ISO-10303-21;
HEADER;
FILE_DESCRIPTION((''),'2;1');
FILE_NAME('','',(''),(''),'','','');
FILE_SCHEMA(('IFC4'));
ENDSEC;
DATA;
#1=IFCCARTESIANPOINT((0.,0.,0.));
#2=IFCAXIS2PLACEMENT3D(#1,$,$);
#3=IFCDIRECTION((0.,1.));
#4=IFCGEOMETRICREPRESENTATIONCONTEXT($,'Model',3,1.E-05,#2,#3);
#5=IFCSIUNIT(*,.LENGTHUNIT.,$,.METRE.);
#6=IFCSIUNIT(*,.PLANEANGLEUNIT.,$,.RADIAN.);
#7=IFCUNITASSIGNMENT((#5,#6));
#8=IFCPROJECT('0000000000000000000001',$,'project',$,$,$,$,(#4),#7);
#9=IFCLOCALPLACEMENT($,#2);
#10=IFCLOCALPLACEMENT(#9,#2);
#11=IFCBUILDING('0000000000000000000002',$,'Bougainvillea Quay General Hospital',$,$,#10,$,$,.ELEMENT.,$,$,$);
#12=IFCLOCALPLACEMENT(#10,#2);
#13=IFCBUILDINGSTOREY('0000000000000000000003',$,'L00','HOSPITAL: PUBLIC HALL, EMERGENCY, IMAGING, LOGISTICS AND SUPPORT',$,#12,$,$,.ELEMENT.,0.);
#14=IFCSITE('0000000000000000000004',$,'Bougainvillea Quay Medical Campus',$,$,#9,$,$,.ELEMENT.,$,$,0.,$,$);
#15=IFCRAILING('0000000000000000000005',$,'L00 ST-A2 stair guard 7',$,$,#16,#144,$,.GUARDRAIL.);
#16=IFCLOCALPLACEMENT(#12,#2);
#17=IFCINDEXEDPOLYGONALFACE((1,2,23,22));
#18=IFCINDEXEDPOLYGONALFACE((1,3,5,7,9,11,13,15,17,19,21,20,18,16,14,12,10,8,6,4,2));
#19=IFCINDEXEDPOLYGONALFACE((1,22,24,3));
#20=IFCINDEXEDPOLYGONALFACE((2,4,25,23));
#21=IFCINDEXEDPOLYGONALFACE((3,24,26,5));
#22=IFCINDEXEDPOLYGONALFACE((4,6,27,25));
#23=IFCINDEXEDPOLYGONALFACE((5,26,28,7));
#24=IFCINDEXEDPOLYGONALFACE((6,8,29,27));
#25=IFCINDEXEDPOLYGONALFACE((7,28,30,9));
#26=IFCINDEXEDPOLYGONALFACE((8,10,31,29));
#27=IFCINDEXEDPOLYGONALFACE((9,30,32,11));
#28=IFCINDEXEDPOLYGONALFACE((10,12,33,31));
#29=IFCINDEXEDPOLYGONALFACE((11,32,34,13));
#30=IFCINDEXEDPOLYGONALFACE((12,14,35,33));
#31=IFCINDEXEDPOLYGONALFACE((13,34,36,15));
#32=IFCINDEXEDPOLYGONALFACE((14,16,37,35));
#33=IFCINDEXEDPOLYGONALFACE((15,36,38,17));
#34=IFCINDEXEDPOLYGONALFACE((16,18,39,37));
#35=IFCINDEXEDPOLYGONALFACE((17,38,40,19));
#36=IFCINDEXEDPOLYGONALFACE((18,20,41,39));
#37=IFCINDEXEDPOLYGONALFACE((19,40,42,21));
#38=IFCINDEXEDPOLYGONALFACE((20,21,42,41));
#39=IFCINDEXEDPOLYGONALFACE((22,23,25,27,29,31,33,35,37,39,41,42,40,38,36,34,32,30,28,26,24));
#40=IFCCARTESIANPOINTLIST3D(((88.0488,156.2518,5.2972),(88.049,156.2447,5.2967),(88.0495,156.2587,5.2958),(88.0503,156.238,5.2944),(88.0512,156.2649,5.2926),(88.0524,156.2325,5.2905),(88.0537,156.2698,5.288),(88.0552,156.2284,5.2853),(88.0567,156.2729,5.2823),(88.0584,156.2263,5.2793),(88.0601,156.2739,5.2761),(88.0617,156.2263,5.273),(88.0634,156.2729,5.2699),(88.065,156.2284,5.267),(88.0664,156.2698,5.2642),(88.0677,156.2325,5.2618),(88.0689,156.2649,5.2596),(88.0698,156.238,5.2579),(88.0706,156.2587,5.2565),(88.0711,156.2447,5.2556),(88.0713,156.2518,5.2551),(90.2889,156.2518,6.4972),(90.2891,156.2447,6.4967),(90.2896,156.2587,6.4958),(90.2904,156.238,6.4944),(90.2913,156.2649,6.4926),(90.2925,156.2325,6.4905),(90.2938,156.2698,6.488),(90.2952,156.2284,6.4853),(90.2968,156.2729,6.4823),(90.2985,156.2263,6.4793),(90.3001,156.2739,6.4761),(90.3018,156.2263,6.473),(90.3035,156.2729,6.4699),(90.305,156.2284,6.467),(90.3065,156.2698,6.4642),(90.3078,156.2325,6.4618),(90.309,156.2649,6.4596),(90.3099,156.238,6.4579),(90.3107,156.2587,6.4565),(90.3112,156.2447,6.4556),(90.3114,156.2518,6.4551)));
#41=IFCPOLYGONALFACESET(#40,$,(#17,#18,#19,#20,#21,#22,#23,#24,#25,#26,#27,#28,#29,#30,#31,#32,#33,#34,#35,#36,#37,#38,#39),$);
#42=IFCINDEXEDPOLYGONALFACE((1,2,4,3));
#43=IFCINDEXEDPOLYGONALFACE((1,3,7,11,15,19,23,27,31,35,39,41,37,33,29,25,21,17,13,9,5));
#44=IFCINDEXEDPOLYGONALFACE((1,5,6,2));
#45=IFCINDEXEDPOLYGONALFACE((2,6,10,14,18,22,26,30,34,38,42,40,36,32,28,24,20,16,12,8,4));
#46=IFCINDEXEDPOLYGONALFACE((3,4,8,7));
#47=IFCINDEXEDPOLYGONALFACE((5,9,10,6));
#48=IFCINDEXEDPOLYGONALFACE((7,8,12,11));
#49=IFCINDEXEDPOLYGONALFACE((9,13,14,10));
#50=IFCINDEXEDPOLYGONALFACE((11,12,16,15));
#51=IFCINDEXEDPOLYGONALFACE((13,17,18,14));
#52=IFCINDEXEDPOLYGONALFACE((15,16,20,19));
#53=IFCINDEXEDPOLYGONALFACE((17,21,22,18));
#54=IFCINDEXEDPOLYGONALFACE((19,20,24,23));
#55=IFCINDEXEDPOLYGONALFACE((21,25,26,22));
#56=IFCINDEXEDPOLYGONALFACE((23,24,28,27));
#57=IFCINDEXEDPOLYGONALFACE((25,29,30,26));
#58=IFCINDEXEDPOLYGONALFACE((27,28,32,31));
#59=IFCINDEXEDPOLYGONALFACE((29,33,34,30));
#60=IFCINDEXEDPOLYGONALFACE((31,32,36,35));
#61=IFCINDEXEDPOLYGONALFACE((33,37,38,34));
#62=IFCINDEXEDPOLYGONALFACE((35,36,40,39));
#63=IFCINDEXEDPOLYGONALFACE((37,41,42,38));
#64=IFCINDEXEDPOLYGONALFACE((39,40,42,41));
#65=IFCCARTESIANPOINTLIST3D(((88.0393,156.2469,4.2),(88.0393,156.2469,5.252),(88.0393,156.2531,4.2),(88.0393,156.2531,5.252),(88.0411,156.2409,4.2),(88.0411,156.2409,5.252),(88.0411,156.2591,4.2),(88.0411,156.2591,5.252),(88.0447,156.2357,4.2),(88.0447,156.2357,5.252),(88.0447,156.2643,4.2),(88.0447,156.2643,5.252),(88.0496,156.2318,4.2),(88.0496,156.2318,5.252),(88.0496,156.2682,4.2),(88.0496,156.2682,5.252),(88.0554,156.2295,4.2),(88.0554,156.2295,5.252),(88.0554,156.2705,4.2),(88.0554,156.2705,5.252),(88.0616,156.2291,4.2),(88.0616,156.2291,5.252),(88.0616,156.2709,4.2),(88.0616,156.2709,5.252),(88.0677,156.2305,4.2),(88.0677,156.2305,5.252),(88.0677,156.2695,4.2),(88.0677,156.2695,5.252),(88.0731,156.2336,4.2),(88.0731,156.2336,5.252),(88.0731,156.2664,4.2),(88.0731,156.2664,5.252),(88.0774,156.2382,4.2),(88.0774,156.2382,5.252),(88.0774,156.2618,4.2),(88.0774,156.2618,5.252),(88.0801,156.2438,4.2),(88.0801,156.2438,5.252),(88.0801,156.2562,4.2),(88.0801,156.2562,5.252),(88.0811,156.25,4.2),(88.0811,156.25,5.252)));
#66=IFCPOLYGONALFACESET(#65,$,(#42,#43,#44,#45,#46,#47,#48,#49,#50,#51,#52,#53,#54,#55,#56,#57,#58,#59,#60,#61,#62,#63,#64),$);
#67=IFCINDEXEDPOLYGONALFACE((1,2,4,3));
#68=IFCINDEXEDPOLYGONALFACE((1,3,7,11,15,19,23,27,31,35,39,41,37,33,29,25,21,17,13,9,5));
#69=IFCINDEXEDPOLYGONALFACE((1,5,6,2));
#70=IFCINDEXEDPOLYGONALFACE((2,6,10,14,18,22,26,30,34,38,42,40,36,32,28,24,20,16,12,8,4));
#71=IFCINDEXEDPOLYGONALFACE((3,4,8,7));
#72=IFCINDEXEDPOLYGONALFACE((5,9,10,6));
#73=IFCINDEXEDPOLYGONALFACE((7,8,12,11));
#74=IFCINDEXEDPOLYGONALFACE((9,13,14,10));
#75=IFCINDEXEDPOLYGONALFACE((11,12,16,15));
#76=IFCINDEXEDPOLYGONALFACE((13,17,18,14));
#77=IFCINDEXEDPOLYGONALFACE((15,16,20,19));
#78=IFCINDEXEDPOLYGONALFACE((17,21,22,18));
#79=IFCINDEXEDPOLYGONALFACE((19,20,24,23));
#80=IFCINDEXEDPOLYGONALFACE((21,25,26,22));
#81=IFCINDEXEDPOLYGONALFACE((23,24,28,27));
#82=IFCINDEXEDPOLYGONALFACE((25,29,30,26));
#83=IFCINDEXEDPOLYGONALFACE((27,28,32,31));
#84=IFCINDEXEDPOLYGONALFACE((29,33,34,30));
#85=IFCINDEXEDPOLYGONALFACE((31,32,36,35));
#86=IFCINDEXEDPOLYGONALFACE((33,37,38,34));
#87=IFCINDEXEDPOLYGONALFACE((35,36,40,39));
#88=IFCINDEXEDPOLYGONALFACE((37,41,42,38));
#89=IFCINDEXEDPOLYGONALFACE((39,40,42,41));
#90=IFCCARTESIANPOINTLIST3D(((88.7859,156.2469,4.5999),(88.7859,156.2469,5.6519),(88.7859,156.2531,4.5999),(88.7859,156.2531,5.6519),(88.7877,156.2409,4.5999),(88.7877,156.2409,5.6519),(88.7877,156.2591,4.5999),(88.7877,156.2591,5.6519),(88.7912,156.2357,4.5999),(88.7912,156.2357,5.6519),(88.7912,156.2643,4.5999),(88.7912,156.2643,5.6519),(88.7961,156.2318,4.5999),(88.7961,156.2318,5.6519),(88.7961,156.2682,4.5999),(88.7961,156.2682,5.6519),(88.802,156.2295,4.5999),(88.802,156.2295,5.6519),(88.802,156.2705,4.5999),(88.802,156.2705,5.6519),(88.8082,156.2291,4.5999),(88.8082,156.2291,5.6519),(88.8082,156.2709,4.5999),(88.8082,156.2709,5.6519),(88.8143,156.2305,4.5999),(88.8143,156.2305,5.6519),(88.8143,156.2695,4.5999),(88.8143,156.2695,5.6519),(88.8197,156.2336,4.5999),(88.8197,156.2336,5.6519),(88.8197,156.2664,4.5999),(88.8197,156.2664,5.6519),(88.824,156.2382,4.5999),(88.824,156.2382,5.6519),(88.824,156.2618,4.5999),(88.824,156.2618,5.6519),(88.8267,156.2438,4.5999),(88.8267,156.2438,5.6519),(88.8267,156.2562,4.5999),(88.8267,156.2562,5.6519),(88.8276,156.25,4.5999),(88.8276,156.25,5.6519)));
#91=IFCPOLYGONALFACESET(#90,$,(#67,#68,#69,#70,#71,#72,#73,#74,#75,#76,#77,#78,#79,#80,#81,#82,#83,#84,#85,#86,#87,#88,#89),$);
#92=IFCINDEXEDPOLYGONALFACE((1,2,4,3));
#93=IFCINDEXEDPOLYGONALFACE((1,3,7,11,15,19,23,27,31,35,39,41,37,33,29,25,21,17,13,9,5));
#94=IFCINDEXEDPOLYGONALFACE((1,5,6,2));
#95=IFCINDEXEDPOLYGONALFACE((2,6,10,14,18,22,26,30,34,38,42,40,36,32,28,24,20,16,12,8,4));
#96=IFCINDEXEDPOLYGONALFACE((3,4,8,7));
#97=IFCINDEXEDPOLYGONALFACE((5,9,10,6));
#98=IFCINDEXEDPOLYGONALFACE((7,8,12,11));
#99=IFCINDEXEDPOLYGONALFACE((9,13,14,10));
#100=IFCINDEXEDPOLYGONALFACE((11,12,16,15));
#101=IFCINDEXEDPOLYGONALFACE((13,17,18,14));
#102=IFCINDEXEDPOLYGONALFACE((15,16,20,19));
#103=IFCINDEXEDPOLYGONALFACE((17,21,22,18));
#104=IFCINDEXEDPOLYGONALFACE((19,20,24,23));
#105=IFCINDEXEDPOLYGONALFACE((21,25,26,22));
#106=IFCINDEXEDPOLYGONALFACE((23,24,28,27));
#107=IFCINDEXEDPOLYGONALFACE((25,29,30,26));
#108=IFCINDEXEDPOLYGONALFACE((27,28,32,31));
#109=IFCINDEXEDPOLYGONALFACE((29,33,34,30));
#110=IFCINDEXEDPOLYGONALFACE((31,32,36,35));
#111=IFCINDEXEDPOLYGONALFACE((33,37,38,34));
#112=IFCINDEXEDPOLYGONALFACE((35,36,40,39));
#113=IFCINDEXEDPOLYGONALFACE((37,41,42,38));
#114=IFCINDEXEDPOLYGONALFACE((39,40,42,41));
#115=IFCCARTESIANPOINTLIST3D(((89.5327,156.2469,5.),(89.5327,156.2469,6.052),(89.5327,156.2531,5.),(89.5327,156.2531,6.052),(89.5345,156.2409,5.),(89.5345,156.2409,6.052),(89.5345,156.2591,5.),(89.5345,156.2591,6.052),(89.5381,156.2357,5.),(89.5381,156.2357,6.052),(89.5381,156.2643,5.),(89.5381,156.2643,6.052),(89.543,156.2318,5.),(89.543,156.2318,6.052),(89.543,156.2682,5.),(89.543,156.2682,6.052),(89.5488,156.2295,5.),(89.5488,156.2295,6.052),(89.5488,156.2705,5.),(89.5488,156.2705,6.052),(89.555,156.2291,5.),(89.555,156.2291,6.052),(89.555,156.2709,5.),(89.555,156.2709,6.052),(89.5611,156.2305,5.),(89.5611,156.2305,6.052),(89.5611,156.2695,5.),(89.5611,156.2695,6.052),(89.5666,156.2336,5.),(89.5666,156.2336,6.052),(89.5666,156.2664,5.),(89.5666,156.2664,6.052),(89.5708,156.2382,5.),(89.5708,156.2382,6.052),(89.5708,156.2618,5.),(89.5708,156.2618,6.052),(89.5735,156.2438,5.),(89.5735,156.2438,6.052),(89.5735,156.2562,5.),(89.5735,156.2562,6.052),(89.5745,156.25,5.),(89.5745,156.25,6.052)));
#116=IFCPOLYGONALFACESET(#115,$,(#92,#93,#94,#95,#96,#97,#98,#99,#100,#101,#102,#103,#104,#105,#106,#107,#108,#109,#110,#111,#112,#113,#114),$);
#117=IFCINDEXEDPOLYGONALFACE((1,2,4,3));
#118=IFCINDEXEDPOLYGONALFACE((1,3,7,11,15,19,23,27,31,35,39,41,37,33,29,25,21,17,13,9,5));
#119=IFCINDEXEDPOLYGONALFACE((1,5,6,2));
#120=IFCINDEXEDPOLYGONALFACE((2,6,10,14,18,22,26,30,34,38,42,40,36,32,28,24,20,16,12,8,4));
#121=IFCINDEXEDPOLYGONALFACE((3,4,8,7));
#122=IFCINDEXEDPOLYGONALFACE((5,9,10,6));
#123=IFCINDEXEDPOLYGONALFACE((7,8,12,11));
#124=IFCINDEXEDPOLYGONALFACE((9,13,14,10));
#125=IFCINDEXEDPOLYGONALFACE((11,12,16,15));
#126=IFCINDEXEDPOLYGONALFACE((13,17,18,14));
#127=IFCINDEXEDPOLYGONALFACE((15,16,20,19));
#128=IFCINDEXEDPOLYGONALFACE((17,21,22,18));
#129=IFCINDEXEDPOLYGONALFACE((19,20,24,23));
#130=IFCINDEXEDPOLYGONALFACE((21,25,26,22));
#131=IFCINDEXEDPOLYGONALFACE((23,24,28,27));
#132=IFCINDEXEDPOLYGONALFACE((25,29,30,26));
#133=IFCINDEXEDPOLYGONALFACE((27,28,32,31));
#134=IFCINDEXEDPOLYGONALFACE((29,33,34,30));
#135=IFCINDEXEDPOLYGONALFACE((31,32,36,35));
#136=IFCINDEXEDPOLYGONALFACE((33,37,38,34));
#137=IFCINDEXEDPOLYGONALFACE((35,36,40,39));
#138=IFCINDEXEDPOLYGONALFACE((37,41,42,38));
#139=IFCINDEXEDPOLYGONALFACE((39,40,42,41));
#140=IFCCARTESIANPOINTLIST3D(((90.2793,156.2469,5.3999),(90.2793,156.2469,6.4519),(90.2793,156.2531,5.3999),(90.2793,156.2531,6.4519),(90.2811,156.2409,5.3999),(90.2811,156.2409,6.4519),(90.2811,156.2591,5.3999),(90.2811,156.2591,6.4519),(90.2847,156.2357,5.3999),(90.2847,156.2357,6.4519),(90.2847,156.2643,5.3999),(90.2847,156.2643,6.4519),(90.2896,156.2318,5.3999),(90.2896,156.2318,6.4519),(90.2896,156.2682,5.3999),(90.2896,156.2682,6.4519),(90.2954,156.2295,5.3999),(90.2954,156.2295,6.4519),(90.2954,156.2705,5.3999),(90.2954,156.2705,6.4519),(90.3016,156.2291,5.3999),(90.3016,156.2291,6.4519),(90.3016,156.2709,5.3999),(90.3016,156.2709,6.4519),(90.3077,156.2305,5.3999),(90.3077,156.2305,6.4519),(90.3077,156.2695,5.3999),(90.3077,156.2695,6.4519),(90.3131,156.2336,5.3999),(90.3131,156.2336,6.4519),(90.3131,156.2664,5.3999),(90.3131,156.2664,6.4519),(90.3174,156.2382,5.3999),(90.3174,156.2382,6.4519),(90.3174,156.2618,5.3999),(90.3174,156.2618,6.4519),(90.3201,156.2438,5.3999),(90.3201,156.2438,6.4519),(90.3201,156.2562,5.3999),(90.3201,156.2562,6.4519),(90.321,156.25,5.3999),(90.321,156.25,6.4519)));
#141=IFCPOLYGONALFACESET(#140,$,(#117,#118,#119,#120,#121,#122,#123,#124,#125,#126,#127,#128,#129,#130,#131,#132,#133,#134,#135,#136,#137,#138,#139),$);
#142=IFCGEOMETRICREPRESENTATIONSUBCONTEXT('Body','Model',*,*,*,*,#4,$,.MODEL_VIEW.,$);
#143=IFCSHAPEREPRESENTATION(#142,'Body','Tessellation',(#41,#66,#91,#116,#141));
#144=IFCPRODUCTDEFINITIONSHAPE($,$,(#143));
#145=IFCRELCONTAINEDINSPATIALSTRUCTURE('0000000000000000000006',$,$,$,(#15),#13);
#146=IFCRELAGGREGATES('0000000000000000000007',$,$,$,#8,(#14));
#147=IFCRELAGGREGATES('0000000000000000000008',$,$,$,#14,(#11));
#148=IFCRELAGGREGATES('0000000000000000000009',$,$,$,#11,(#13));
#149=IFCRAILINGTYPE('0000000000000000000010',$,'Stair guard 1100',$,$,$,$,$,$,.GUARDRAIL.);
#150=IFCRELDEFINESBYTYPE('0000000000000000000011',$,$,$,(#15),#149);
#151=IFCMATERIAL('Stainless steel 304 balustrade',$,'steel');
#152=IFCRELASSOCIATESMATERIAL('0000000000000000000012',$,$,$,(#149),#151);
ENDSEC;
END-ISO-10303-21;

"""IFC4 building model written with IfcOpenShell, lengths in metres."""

from ifc_helpers import new_model, si_unit, direction, frame, origin, origin_2d, place, context, subcontext, project, spatial, circle, extrude, material, type_object, element, save


model = new_model("IFC4")

# Units and contexts
model_context = context("Model", 3, precision=1e-05, world=origin(), true_north=direction((0.0, 1.0)))
body_context = subcontext(model_context, "Body", "Model", "MODEL_VIEW")
ifc_project = project(units=[si_unit("LENGTHUNIT", "METRE"), si_unit("PLANEANGLEUNIT", "RADIAN")], contexts=[model_context])

# Site, building, storey
site_placement = place(None, origin())
site = spatial("IfcSite", under=ifc_project, at=site_placement, Name="Bougainvillea Quay Medical Campus", CompositionType="ELEMENT", RefElevation=0.0)
building_placement = place(site_placement, origin())
building = spatial("IfcBuilding", under=site, at=building_placement, Name="Bougainvillea Quay General Hospital", CompositionType="ELEMENT")
storey_placement = place(building_placement, origin())
storey = spatial("IfcBuildingStorey", under=building, at=storey_placement, Name="L00", Description="HOSPITAL: PUBLIC HALL, EMERGENCY, IMAGING, LOGISTICS AND SUPPORT", CompositionType="ELEMENT", Elevation=0.0)

# Railing
ifc_material_1 = material(Name="Stainless steel 304 balustrade", Category="steel")
railing_type_1 = type_object("IfcRailingType", Name="Stair guard 1100", PredefinedType="GUARDRAIL", material=ifc_material_1)
railing_1_placement = place(storey_placement, frame((88.0601, 156.25, 4.2)))
element("IfcRailing", 1, at=railing_1_placement, inside=storey, type_object=railing_type_1, Name="L00 ST-A2 stair guard 7", PredefinedType="GUARDRAIL", context=body_context, shape_type="SweptSolid", body=[
    extrude(circle(Radius=0.0239, at=origin_2d()), frame((0.0, 0.0, 1.0762), z_axis=(0.881487, 0.0, 0.472208), x_axis=(0.0, 1.0, 0.0)), (0.0, 0.0, 1.0), 2.5413),
    extrude(circle(Radius=0.021, at=origin_2d()), origin(), (0.0, 0.0, 1.0), 1.052),
    extrude(circle(Radius=0.021, at=origin_2d()), frame((0.7466, 0.0, 0.3999)), (0.0, 0.0, 1.0), 1.052),
    extrude(circle(Radius=0.021, at=origin_2d()), frame((1.4934, 0.0, 0.8)), (0.0, 0.0, 1.0), 1.052),
    extrude(circle(Radius=0.021, at=origin_2d()), frame((2.24, 0.0, 1.2)), (0.0, 0.0, 1.0), 1.052),
])

save(model, "model.ifc")
